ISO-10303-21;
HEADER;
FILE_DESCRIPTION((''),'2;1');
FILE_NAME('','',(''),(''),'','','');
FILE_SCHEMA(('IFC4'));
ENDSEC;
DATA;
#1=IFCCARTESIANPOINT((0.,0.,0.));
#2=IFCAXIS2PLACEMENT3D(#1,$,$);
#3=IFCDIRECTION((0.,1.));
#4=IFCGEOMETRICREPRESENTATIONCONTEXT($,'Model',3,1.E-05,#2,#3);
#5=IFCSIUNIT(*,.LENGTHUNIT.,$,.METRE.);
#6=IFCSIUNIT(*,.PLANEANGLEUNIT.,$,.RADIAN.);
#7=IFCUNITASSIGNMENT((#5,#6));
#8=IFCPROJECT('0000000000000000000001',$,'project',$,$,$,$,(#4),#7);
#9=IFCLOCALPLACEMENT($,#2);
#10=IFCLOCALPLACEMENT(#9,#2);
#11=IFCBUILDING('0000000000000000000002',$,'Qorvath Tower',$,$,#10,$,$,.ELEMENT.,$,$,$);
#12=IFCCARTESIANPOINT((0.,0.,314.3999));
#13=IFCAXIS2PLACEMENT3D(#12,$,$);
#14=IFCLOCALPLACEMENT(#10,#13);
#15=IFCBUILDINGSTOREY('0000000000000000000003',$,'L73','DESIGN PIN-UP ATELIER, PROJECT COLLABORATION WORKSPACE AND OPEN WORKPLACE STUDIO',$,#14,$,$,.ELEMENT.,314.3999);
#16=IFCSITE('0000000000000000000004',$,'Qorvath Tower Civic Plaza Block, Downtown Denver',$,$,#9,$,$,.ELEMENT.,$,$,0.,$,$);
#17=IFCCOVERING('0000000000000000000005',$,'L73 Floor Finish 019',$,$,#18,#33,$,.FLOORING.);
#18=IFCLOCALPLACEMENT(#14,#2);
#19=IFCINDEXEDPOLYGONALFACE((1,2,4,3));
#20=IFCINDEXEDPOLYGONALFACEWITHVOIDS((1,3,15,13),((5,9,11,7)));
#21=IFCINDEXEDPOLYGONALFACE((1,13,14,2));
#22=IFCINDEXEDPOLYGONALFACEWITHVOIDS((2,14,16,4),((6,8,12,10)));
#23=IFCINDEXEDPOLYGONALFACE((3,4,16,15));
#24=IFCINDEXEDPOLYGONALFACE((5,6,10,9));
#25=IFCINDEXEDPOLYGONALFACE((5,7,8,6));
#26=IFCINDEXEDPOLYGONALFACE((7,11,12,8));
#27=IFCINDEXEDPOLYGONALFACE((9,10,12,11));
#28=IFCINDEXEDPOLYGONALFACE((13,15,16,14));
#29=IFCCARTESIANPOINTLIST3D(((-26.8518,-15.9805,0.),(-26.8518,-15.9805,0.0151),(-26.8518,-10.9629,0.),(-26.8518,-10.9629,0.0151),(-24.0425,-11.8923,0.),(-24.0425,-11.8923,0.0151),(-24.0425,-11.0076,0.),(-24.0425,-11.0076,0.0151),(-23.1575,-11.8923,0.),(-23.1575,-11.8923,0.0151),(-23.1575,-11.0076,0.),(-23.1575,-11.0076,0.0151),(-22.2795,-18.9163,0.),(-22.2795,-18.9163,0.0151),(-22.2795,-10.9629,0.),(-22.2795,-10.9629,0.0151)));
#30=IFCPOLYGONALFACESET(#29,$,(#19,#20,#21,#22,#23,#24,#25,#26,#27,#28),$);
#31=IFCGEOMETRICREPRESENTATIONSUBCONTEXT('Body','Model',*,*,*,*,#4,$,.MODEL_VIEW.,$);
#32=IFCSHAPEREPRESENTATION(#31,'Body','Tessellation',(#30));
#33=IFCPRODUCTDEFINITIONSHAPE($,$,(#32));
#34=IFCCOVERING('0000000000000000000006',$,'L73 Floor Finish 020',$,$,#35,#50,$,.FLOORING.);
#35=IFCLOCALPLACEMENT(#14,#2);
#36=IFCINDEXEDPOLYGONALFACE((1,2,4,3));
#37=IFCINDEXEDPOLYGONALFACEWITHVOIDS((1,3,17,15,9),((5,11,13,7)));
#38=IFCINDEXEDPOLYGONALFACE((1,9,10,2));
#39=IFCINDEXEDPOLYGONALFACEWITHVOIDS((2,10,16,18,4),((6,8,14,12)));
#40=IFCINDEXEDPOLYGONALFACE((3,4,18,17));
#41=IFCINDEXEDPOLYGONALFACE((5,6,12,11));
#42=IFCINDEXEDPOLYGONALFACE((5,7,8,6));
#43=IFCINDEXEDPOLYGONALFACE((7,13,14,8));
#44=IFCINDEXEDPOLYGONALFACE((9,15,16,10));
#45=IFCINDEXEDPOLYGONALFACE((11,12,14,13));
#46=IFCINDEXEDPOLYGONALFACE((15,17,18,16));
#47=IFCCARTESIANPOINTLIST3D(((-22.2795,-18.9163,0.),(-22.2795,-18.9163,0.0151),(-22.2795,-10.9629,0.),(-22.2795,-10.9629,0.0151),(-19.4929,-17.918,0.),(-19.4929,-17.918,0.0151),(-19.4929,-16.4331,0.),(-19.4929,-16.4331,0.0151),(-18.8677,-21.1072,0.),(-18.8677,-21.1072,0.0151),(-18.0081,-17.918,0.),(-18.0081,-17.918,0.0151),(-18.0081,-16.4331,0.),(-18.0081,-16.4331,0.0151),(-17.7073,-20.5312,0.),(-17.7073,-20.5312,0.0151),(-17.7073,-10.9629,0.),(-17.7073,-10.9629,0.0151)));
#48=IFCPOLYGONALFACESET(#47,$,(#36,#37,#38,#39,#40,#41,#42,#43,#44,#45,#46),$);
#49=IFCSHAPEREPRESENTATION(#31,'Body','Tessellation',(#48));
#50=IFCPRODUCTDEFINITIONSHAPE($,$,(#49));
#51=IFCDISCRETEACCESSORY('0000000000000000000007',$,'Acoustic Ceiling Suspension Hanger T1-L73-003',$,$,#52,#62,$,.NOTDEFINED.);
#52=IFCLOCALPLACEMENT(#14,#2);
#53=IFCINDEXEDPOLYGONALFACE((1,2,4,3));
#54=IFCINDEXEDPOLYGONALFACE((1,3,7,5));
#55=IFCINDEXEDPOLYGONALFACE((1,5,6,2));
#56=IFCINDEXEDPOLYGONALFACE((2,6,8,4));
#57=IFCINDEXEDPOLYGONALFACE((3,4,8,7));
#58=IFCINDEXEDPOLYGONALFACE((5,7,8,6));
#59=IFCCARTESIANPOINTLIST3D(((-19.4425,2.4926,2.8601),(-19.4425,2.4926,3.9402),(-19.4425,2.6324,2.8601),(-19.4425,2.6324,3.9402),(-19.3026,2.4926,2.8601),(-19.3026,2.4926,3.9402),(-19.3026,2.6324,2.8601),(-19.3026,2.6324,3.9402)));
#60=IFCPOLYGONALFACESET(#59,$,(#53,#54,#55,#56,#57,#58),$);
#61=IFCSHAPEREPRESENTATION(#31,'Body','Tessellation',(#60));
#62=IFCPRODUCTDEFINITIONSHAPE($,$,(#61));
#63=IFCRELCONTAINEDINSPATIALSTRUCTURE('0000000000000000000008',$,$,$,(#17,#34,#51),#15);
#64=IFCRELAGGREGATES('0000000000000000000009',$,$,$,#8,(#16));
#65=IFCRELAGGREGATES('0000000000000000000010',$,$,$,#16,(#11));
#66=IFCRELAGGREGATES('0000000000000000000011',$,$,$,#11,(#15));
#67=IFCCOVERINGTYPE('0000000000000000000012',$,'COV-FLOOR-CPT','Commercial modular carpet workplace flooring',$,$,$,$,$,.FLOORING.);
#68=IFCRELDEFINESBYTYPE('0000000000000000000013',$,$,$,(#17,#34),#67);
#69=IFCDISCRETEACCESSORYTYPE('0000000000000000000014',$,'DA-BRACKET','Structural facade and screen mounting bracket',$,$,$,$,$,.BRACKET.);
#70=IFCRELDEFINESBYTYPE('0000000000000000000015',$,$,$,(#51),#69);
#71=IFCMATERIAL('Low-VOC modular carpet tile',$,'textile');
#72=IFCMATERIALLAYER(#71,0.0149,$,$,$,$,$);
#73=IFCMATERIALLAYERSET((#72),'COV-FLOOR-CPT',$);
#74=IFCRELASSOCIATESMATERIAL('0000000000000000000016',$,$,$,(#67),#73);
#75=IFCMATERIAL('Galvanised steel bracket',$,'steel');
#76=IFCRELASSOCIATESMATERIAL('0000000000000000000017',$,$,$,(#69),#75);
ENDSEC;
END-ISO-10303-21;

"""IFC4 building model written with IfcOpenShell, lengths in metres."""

from ifc_helpers import new_model, si_unit, direction, frame, origin, origin_2d, place, context, subcontext, project, spatial, polyline, rectangle, outline, extrude, material, layer, layer_set, type_object, element, save


model = new_model("IFC4")

# Units and contexts
model_context = context("Model", 3, precision=1e-05, world=origin(), true_north=direction((0.0, 1.0)))
body_context = subcontext(model_context, "Body", "Model", "MODEL_VIEW")
ifc_project = project(units=[si_unit("LENGTHUNIT", "METRE"), si_unit("PLANEANGLEUNIT", "RADIAN")], contexts=[model_context])

# Site, building, storey
site_placement = place(None, origin())
site = spatial("IfcSite", under=ifc_project, at=site_placement, Name="Qorvath Tower Civic Plaza Block, Downtown Denver", CompositionType="ELEMENT", RefElevation=0.0)
building_placement = place(site_placement, origin())
building = spatial("IfcBuilding", under=site, at=building_placement, Name="Qorvath Tower", CompositionType="ELEMENT")
storey_placement = place(building_placement, frame((0.0, 0.0, 314.3999)))
storey = spatial("IfcBuildingStorey", under=building, at=storey_placement, Name="L73", Description="DESIGN PIN-UP ATELIER, PROJECT COLLABORATION WORKSPACE AND OPEN WORKPLACE STUDIO", CompositionType="ELEMENT", Elevation=314.3999)

# Coverings
ifc_material_1 = material(Name="Low-VOC modular carpet tile", Category="textile")
ifc_layer_1 = layer(ifc_material_1, 0.0149)
ifc_layer_set_1 = layer_set([ifc_layer_1], Name="COV-FLOOR-CPT")
covering_type_1 = type_object("IfcCoveringType", Name="COV-FLOOR-CPT", Description="Commercial modular carpet workplace flooring", PredefinedType="FLOORING", material=ifc_layer_set_1)
covering_1_placement = place(storey_placement, origin())
element("IfcCovering", 1, at=covering_1_placement, inside=storey, type_object=covering_type_1, Name="L73 Floor Finish 019", PredefinedType="FLOORING", context=body_context, shape_type="SweptSolid", body=[
    extrude(outline(polyline([(-22.2795, -18.9163), (-22.2795, -10.9629), (-26.8518, -10.9629), (-26.8518, -15.9805), (-22.2795, -18.9163)]), holes=[polyline([(-24.0425, -11.8923), (-24.0425, -11.0076), (-23.1575, -11.0076), (-23.1575, -11.8923), (-24.0425, -11.8923)])]), origin(), (0.0, 0.0, 1.0), 0.0151),
])
covering_2_placement = place(storey_placement, origin())
element("IfcCovering", 2, at=covering_2_placement, inside=storey, type_object=covering_type_1, Name="L73 Floor Finish 020", PredefinedType="FLOORING", context=body_context, shape_type="SweptSolid", body=[
    extrude(outline(polyline([(-18.8677, -21.1072), (-17.7073, -20.5312), (-17.7073, -10.9629), (-22.2795, -10.9629), (-22.2795, -18.9163), (-18.8677, -21.1072)]), holes=[polyline([(-19.4929, -17.918), (-19.4929, -16.4331), (-18.0081, -16.4331), (-18.0081, -17.918), (-19.4929, -17.918)])]), origin(), (0.0, 0.0, 1.0), 0.0151),
])

# Discrete accessory
ifc_material_2 = material(Name="Galvanised steel bracket", Category="steel")
discrete_accessory_type = type_object("IfcDiscreteAccessoryType", Name="DA-BRACKET", Description="Structural facade and screen mounting bracket", PredefinedType="BRACKET", material=ifc_material_2)
discrete_accessory_placement = place(storey_placement, frame((-19.3726, 2.5625, 2.8601), z_axis=(0.0, 0.0, 1.0), x_axis=(1.0, 0.0, 0.0)))
element("IfcDiscreteAccessory", 3, at=discrete_accessory_placement, inside=storey, type_object=discrete_accessory_type, Name="Acoustic Ceiling Suspension Hanger T1-L73-003", PredefinedType="NOTDEFINED", context=body_context, shape_type="SweptSolid", body=[
    extrude(rectangle(XDim=0.1399, YDim=0.1399, at=origin_2d()), origin(), (0.0, 0.0, 1.0), 1.0801),
])

save(model, "model.ifc")
